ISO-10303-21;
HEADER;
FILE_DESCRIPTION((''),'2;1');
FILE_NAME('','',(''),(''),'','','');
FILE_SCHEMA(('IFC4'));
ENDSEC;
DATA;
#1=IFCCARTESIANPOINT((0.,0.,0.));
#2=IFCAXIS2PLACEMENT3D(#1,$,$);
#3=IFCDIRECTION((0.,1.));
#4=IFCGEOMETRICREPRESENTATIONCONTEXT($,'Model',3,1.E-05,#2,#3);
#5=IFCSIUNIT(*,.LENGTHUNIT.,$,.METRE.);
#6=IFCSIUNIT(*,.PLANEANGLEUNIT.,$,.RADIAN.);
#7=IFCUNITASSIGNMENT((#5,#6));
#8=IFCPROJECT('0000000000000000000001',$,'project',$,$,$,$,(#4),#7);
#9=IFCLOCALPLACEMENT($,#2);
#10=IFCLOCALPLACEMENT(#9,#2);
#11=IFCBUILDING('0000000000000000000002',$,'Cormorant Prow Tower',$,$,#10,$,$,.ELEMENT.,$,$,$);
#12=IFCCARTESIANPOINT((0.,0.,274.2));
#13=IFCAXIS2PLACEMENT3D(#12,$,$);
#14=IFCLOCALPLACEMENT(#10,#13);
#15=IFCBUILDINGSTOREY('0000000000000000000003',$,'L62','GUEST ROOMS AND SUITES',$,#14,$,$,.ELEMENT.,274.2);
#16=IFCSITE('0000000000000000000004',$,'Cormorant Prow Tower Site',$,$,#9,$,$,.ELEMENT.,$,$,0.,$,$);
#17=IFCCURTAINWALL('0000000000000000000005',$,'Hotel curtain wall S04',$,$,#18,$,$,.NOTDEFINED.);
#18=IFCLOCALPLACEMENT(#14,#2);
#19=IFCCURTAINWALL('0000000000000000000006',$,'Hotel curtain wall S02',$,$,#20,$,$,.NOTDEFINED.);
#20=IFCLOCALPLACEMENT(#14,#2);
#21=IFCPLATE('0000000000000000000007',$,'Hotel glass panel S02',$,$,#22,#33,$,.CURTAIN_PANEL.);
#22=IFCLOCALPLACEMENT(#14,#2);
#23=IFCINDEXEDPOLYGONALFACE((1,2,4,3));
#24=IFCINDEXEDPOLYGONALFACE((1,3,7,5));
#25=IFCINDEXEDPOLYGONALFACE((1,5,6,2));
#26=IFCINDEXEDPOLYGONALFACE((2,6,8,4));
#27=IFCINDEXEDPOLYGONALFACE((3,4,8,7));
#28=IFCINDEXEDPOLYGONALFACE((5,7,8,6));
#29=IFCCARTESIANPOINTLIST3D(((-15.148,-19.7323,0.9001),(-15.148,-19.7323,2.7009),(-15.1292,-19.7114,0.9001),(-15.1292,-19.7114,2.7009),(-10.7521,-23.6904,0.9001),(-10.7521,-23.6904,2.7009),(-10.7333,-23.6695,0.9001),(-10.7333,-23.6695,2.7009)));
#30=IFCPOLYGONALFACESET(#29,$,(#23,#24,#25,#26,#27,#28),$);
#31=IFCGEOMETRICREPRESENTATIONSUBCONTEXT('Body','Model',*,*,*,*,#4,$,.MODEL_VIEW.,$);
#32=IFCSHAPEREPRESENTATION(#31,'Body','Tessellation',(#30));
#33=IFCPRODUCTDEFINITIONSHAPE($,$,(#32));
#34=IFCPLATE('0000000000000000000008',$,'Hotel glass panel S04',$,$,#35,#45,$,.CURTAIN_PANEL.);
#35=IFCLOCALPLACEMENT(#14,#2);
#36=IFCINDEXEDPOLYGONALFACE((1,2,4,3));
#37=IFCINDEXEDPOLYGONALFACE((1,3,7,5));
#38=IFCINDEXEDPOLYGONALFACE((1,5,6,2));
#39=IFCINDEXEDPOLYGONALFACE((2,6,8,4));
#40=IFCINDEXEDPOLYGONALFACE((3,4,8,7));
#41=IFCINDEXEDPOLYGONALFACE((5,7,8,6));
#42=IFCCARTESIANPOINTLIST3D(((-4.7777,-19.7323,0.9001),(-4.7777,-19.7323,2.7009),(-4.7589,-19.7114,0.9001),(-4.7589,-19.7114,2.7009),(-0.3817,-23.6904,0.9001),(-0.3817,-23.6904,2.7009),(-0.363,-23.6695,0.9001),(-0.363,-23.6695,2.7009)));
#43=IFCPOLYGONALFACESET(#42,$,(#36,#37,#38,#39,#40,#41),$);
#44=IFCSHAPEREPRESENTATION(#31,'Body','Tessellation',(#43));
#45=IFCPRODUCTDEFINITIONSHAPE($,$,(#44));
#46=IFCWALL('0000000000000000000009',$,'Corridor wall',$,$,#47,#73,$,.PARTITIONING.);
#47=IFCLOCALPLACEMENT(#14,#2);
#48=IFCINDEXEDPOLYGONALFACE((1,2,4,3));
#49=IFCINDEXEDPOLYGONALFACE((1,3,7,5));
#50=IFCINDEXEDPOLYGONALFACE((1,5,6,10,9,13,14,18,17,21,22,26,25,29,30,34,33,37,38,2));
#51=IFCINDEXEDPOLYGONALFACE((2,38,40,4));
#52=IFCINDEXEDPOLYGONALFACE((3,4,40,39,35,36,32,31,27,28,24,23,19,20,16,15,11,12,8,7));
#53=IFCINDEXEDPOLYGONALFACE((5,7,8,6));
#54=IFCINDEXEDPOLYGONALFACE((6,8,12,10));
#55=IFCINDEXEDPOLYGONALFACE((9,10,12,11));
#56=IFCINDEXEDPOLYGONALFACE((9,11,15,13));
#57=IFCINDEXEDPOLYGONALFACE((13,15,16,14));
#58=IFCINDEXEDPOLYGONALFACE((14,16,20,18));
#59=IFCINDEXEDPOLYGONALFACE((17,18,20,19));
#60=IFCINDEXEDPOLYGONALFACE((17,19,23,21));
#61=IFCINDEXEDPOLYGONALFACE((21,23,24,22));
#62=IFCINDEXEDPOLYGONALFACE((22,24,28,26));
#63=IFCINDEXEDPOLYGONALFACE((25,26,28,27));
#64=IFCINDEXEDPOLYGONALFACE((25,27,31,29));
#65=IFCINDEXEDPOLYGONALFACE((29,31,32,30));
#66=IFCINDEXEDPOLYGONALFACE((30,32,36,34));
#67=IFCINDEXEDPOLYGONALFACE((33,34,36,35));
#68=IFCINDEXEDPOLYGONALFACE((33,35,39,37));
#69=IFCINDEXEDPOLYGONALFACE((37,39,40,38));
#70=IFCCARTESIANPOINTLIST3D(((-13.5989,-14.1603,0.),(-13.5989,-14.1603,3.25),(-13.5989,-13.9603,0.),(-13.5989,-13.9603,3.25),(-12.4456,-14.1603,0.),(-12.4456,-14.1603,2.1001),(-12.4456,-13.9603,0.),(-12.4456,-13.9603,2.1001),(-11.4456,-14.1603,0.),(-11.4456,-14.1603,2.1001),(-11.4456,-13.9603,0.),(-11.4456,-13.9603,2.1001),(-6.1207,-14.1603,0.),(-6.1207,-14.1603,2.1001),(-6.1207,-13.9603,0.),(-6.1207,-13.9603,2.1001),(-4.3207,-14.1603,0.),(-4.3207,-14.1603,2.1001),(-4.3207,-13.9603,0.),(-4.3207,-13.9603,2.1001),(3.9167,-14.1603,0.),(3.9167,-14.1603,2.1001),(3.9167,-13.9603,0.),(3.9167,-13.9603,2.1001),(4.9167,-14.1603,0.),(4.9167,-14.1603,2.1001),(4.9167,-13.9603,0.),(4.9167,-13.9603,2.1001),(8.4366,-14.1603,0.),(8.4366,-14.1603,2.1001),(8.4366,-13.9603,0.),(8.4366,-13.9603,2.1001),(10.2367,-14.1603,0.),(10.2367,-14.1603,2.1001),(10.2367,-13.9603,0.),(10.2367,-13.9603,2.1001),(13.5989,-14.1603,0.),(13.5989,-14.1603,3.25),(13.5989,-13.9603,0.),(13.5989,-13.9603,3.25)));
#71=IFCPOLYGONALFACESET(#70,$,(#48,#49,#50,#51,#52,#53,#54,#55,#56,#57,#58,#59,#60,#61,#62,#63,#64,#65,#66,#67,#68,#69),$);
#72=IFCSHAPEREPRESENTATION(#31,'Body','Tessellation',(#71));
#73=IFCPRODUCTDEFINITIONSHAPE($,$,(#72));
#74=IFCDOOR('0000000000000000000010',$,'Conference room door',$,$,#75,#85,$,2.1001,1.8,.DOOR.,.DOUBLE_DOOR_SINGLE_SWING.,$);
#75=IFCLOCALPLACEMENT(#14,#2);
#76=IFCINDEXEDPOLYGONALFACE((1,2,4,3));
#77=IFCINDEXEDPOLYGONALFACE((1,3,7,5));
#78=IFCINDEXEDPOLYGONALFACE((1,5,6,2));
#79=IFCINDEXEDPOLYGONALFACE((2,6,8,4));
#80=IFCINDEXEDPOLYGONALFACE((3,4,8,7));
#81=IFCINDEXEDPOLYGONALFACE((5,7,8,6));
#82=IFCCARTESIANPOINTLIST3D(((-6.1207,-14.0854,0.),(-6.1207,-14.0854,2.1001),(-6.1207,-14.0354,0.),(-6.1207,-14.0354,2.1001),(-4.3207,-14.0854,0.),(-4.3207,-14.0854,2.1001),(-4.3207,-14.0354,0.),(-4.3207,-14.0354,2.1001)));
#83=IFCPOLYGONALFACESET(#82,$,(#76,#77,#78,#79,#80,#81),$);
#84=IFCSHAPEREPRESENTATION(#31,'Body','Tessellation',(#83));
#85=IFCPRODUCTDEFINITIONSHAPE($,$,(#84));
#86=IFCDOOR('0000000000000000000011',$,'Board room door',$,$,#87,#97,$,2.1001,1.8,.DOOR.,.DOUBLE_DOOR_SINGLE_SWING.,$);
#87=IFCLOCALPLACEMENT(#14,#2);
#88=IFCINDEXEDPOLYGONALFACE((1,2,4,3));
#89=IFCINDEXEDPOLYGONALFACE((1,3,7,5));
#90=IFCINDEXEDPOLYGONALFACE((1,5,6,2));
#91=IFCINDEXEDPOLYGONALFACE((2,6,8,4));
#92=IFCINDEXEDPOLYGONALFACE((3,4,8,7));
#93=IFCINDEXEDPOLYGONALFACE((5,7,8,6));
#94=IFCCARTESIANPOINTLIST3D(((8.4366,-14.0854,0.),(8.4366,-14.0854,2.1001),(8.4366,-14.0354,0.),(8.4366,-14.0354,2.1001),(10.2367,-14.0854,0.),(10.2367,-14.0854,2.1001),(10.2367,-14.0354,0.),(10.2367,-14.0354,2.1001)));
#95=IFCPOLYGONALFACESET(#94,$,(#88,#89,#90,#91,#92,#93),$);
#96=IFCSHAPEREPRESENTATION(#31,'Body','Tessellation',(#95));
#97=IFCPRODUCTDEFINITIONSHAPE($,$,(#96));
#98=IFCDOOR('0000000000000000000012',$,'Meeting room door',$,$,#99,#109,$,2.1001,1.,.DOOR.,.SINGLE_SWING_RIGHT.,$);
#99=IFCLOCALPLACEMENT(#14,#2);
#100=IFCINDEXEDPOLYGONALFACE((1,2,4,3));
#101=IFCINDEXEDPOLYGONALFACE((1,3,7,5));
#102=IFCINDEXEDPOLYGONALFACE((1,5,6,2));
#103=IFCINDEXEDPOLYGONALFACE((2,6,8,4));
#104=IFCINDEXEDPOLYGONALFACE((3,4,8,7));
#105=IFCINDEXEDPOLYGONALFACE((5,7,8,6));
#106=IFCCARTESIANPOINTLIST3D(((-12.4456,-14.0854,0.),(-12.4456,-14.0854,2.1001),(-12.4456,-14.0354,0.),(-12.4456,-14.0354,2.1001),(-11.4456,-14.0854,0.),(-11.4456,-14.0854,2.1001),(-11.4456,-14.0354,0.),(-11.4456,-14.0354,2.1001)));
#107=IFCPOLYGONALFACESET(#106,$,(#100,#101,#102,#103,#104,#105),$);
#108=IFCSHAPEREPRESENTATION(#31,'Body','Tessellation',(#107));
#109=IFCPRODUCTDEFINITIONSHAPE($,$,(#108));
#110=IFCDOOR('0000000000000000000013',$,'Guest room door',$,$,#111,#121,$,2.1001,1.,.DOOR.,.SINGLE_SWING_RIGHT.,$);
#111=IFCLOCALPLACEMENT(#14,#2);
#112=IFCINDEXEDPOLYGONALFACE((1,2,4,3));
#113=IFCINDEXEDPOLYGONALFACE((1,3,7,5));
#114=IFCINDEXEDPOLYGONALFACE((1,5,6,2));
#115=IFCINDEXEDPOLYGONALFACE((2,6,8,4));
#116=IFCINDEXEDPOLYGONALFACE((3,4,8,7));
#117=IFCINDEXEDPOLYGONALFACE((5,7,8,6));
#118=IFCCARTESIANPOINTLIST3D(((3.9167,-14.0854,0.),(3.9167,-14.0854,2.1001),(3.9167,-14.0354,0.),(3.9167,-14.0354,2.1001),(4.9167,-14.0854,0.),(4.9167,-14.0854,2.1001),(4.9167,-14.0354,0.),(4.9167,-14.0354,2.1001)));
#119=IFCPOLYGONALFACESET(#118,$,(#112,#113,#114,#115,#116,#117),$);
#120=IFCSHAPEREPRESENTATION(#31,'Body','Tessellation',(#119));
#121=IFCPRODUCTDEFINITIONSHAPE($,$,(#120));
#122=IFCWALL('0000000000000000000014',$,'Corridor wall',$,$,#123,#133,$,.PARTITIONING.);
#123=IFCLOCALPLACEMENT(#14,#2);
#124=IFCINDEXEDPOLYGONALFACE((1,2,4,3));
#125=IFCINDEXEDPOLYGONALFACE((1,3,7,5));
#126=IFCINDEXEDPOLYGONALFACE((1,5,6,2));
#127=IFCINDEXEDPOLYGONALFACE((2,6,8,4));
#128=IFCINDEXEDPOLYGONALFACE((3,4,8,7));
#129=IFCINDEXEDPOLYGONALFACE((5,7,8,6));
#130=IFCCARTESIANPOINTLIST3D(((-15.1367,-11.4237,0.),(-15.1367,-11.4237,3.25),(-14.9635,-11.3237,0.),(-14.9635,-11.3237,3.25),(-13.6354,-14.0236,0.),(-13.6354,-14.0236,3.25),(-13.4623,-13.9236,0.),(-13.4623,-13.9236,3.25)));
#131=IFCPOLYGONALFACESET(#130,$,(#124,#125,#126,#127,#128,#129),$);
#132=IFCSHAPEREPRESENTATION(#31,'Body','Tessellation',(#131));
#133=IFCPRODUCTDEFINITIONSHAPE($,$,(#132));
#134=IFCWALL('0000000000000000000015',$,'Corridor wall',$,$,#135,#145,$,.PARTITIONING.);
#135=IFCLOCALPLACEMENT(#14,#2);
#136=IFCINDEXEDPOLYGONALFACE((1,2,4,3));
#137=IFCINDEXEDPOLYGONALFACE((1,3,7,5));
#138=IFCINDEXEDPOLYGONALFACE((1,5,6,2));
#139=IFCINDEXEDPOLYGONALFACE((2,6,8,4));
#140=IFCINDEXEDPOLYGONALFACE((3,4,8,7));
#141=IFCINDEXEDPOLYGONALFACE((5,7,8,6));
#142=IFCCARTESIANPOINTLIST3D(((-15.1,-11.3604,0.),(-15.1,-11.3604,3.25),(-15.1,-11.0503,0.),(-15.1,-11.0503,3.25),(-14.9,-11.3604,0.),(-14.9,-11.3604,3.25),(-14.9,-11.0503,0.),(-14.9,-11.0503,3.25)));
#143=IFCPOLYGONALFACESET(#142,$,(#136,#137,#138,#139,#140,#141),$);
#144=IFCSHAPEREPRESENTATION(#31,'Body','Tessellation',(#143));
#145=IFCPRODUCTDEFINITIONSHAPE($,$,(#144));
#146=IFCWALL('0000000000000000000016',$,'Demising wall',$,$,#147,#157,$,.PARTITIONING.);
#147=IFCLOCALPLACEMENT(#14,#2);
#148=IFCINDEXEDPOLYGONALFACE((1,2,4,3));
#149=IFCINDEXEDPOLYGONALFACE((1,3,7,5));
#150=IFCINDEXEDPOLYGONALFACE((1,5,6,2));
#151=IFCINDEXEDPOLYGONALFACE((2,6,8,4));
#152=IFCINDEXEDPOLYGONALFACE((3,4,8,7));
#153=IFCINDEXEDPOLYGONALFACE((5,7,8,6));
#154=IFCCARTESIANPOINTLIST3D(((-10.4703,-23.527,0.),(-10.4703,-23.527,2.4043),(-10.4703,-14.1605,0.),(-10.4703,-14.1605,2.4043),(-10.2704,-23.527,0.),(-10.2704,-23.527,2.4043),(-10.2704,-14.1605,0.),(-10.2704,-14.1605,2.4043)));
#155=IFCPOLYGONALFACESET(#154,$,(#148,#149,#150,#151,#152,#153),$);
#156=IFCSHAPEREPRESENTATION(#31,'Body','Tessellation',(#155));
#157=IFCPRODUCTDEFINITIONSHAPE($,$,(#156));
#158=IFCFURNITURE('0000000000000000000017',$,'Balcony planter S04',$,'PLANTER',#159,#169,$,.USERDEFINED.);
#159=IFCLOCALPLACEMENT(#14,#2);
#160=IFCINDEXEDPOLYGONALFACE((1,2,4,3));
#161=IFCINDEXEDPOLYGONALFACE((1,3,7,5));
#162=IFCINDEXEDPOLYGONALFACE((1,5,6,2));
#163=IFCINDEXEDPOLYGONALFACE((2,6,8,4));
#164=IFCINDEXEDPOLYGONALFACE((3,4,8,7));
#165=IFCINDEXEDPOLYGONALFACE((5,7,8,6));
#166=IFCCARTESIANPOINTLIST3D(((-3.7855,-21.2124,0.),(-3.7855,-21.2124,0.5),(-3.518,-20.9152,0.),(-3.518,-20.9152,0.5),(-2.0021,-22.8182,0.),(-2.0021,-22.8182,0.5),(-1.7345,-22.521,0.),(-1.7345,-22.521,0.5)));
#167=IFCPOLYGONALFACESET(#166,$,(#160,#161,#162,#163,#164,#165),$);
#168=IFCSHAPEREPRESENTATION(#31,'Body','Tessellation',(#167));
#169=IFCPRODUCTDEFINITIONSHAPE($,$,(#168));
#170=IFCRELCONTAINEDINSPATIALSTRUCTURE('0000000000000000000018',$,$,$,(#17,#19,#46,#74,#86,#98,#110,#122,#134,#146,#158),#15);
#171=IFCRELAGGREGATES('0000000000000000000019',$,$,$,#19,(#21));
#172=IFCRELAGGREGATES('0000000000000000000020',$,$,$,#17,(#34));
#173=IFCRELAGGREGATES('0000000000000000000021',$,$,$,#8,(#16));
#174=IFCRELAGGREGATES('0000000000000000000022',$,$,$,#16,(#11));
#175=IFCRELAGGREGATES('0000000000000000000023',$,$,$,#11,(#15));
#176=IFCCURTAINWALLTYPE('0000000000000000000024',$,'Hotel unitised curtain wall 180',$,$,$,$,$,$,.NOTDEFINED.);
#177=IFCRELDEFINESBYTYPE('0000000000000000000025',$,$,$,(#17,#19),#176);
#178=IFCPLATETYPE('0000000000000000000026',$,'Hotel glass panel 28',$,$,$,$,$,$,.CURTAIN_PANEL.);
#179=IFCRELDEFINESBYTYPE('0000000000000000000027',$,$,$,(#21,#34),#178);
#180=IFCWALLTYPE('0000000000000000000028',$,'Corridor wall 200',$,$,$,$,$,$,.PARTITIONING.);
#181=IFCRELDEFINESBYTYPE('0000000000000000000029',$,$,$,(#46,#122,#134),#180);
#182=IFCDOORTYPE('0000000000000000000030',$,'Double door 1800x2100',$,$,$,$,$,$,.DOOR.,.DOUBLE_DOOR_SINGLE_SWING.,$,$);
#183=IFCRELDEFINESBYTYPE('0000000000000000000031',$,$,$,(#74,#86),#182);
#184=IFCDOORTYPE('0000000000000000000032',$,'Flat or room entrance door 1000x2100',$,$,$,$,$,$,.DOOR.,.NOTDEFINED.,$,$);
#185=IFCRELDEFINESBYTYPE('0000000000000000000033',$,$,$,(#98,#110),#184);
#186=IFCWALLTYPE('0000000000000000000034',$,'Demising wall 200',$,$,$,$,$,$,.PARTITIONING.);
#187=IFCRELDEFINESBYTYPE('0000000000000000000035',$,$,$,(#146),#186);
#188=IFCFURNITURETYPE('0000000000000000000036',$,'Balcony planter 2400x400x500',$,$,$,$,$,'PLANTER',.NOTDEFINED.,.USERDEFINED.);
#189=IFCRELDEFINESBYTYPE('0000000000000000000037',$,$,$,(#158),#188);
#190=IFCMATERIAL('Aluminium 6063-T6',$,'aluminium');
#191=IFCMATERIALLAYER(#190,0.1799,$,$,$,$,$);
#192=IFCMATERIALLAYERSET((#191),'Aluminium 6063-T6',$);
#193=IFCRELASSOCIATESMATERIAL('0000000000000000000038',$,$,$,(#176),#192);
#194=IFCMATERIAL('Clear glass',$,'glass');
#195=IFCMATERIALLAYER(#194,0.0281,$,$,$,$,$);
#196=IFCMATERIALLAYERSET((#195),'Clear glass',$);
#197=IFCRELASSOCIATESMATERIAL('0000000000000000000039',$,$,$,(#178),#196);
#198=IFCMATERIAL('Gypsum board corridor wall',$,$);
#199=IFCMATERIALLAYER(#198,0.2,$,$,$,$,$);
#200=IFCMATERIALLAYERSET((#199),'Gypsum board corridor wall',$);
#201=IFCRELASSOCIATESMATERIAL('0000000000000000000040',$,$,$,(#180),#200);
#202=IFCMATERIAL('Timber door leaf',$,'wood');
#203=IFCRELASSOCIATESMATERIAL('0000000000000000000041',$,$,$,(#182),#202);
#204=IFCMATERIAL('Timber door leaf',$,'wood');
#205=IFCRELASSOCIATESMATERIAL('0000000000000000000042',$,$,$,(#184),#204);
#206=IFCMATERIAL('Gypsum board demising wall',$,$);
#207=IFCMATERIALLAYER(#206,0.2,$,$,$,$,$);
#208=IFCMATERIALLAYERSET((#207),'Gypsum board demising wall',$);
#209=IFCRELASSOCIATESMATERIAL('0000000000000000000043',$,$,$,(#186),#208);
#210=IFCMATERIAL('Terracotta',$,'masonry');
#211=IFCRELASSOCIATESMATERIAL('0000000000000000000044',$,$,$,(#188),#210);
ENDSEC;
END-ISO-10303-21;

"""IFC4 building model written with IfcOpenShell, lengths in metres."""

from ifc_helpers import new_model, si_unit, direction, frame, frame_2d, origin, origin_2d, place, context, subcontext, project, spatial, rectangle, extrude, material, layer, layer_set, type_object, element, fill, aggregate, save


model = new_model("IFC4")

# Units and contexts
model_context = context("Model", 3, precision=1e-05, world=origin(), true_north=direction((0.0, 1.0)))
body_context = subcontext(model_context, "Body", "Model", "MODEL_VIEW")
ifc_project = project(units=[si_unit("LENGTHUNIT", "METRE"), si_unit("PLANEANGLEUNIT", "RADIAN")], contexts=[model_context])

# Site, building, storey
site_placement = place(None, origin())
site = spatial("IfcSite", under=ifc_project, at=site_placement, Name="Cormorant Prow Tower Site", CompositionType="ELEMENT", RefElevation=0.0)
building_placement = place(site_placement, origin())
building = spatial("IfcBuilding", under=site, at=building_placement, Name="Cormorant Prow Tower", CompositionType="ELEMENT")
storey_placement = place(building_placement, frame((0.0, 0.0, 274.2)))
storey = spatial("IfcBuildingStorey", under=building, at=storey_placement, Name="L62", Description="GUEST ROOMS AND SUITES", CompositionType="ELEMENT", Elevation=274.2)

# Curtain walls
ifc_material_1 = material(Name="Aluminium 6063-T6", Category="aluminium")
ifc_layer_1 = layer(ifc_material_1, 0.1799)
ifc_layer_set_1 = layer_set([ifc_layer_1], Name="Aluminium 6063-T6")
curtain_wall_type = type_object("IfcCurtainWallType", Name="Hotel unitised curtain wall 180", PredefinedType="NOTDEFINED", material=ifc_layer_set_1)
curtain_wall_1_placement = place(storey_placement, origin())
curtain_wall_1 = element("IfcCurtainWall", 1, at=curtain_wall_1_placement, inside=storey, type_object=curtain_wall_type, Name="Hotel curtain wall S04", PredefinedType="NOTDEFINED")
curtain_wall_2_placement = place(storey_placement, origin())
curtain_wall_2 = element("IfcCurtainWall", 2, at=curtain_wall_2_placement, inside=storey, type_object=curtain_wall_type, Name="Hotel curtain wall S02", PredefinedType="NOTDEFINED")

# Plates
ifc_material_2 = material(Name="Clear glass", Category="glass")
ifc_layer_2 = layer(ifc_material_2, 0.0281)
ifc_layer_set_2 = layer_set([ifc_layer_2], Name="Clear glass")
plate_type = type_object("IfcPlateType", Name="Hotel glass panel 28", PredefinedType="CURTAIN_PANEL", material=ifc_layer_set_2)
plate_1_placement = place(storey_placement, frame((-12.9407, -21.7009, 0.9001), z_axis=(0.0, 0.0, 1.0), x_axis=(0.743145, -0.669131, 0.0)))
plate_1 = element("IfcPlate", 3, at=plate_1_placement, type_object=plate_type, Name="Hotel glass panel S02", PredefinedType="CURTAIN_PANEL", context=body_context, shape_type="SweptSolid", body=[
    extrude(rectangle(XDim=5.9153, YDim=0.0281, at=origin_2d()), origin(), (0.0, 0.0, 1.0), 1.8008),
])
aggregate(curtain_wall_2, [plate_1])
plate_2_placement = place(storey_placement, frame((-2.5703, -21.7009, 0.9001), z_axis=(0.0, 0.0, 1.0), x_axis=(0.743145, -0.669131, 0.0)))
plate_2 = element("IfcPlate", 4, at=plate_2_placement, type_object=plate_type, Name="Hotel glass panel S04", PredefinedType="CURTAIN_PANEL", context=body_context, shape_type="SweptSolid", body=[
    extrude(rectangle(XDim=5.9153, YDim=0.0281, at=origin_2d()), origin(), (0.0, 0.0, 1.0), 1.8008),
])
aggregate(curtain_wall_1, [plate_2])

# Wall, openings, doors
ifc_material_3 = material(Name="Gypsum board corridor wall")
ifc_layer_3 = layer(ifc_material_3, 0.2)
ifc_layer_set_3 = layer_set([ifc_layer_3], Name="Gypsum board corridor wall")
wall_type_1 = type_object("IfcWallType", Name="Corridor wall 200", PredefinedType="PARTITIONING", material=ifc_layer_set_3)
wall_1_placement = place(storey_placement, frame((-13.5989, -14.0603, 0.0), z_axis=(0.0, 0.0, 1.0), x_axis=(1.0, 0.0, 0.0)))
wall_1 = element("IfcWall", 5, at=wall_1_placement, inside=storey, type_object=wall_type_1, Name="Corridor wall", PredefinedType="PARTITIONING", context=body_context, shape_type="SweptSolid", body=[
    extrude(rectangle(XDim=27.1978, YDim=0.2, at=frame_2d((13.5989, 0.0))), origin(), (0.0, 0.0, 1.0), 3.25),
])
opening_1_placement = place(wall_1_placement, frame((1.1533, 0.0, 0.0)))
opening_1 = element("IfcOpeningElement", 6, at=opening_1_placement, cuts=wall_1, PredefinedType="OPENING", context=body_context, shape_type="SweptSolid", body=[
    extrude(rectangle(XDim=1.0, YDim=2.1001, at=frame_2d((0.5, 1.05))), frame((0.0, 0.1099, 0.0), z_axis=(0.0, -1.0, 0.0), x_axis=(1.0, 0.0, 0.0)), (0.0, 0.0, 1.0), 0.22),
])
opening_2_placement = place(wall_1_placement, frame((7.4783, 0.0, 0.0)))
opening_2 = element("IfcOpeningElement", 7, at=opening_2_placement, cuts=wall_1, PredefinedType="OPENING", context=body_context, shape_type="SweptSolid", body=[
    extrude(rectangle(XDim=1.8, YDim=2.1001, at=frame_2d((0.8999, 1.05))), frame((0.0, 0.1099, 0.0), z_axis=(0.0, -1.0, 0.0), x_axis=(1.0, 0.0, 0.0)), (0.0, 0.0, 1.0), 0.22),
])
opening_3_placement = place(wall_1_placement, frame((17.5156, 0.0, 0.0)))
opening_3 = element("IfcOpeningElement", 8, at=opening_3_placement, cuts=wall_1, PredefinedType="OPENING", context=body_context, shape_type="SweptSolid", body=[
    extrude(rectangle(XDim=1.0, YDim=2.1001, at=frame_2d((0.5, 1.05))), frame((0.0, 0.1099, 0.0), z_axis=(0.0, -1.0, 0.0), x_axis=(1.0, 0.0, 0.0)), (0.0, 0.0, 1.0), 0.22),
])
opening_4_placement = place(wall_1_placement, frame((22.0356, 0.0, 0.0)))
opening_4 = element("IfcOpeningElement", 9, at=opening_4_placement, cuts=wall_1, PredefinedType="OPENING", context=body_context, shape_type="SweptSolid", body=[
    extrude(rectangle(XDim=1.8, YDim=2.1001, at=frame_2d((0.8999, 1.05))), frame((0.0, 0.1099, 0.0), z_axis=(0.0, -1.0, 0.0), x_axis=(1.0, 0.0, 0.0)), (0.0, 0.0, 1.0), 0.22),
])
ifc_material_4 = material(Name="Timber door leaf", Category="wood")
door_type_1 = type_object("IfcDoorType", Name="Double door 1800x2100", OperationType="DOUBLE_DOOR_SINGLE_SWING", PredefinedType="DOOR", material=ifc_material_4)
door_1_placement = place(opening_2_placement, origin())
door_1 = element("IfcDoor", 10, at=door_1_placement, inside=storey, type_object=door_type_1, Name="Conference room door", OperationType="DOUBLE_DOOR_SINGLE_SWING", OverallHeight=2.1001, OverallWidth=1.8, PredefinedType="DOOR", context=body_context, shape_type="SweptSolid", body=[
    extrude(rectangle(XDim=1.8, YDim=2.1001, at=frame_2d((0.8999, 1.05))), frame((0.0, 0.0249, 0.0), z_axis=(0.0, -1.0, 0.0), x_axis=(1.0, 0.0, 0.0)), (0.0, 0.0, 1.0), 0.05),
])
fill(opening_2, door_1)
door_2_placement = place(opening_4_placement, origin())
door_2 = element("IfcDoor", 11, at=door_2_placement, inside=storey, type_object=door_type_1, Name="Board room door", OperationType="DOUBLE_DOOR_SINGLE_SWING", OverallHeight=2.1001, OverallWidth=1.8, PredefinedType="DOOR", context=body_context, shape_type="SweptSolid", body=[
    extrude(rectangle(XDim=1.8, YDim=2.1001, at=frame_2d((0.8999, 1.05))), frame((0.0, 0.0249, 0.0), z_axis=(0.0, -1.0, 0.0), x_axis=(1.0, 0.0, 0.0)), (0.0, 0.0, 1.0), 0.05),
])
fill(opening_4, door_2)
ifc_material_5 = material(Name="Timber door leaf", Category="wood")
door_type_2 = type_object("IfcDoorType", Name="Flat or room entrance door 1000x2100", OperationType="NOTDEFINED", PredefinedType="DOOR", material=ifc_material_5)
door_3_placement = place(opening_1_placement, origin())
door_3 = element("IfcDoor", 12, at=door_3_placement, inside=storey, type_object=door_type_2, Name="Meeting room door", OperationType="SINGLE_SWING_RIGHT", OverallHeight=2.1001, OverallWidth=1.0, PredefinedType="DOOR", context=body_context, shape_type="SweptSolid", body=[
    extrude(rectangle(XDim=1.0, YDim=2.1001, at=frame_2d((0.5, 1.05))), frame((0.0, 0.0249, 0.0), z_axis=(0.0, -1.0, 0.0), x_axis=(1.0, 0.0, 0.0)), (0.0, 0.0, 1.0), 0.05),
])
fill(opening_1, door_3)
door_4_placement = place(opening_3_placement, origin())
door_4 = element("IfcDoor", 13, at=door_4_placement, inside=storey, type_object=door_type_2, Name="Guest room door", OperationType="SINGLE_SWING_RIGHT", OverallHeight=2.1001, OverallWidth=1.0, PredefinedType="DOOR", context=body_context, shape_type="SweptSolid", body=[
    extrude(rectangle(XDim=1.0, YDim=2.1001, at=frame_2d((0.5, 1.05))), frame((0.0, 0.0249, 0.0), z_axis=(0.0, -1.0, 0.0), x_axis=(1.0, 0.0, 0.0)), (0.0, 0.0, 1.0), 0.05),
])
fill(opening_3, door_4)

# Walls
wall_2_placement = place(storey_placement, frame((-15.05, -11.3738, 0.0), z_axis=(0.0, 0.0, 1.0), x_axis=(0.500049, -0.865997, 0.0)))
element("IfcWall", 14, at=wall_2_placement, inside=storey, type_object=wall_type_1, Name="Corridor wall", PredefinedType="PARTITIONING", context=body_context, shape_type="SweptSolid", body=[
    extrude(rectangle(XDim=3.0022, YDim=0.2, at=frame_2d((1.501, 0.0))), origin(), (0.0, 0.0, 1.0), 3.25),
])
wall_3_placement = place(storey_placement, frame((-15.0, -11.3604, 0.0), z_axis=(0.0, 0.0, 1.0), x_axis=(0.0, 1.0, 0.0)))
element("IfcWall", 15, at=wall_3_placement, inside=storey, type_object=wall_type_1, Name="Corridor wall", PredefinedType="PARTITIONING", context=body_context, shape_type="SweptSolid", body=[
    extrude(rectangle(XDim=0.3101, YDim=0.2, at=frame_2d((0.155, 0.0))), origin(), (0.0, 0.0, 1.0), 3.25),
])
ifc_material_6 = material(Name="Gypsum board demising wall")
ifc_layer_4 = layer(ifc_material_6, 0.2)
ifc_layer_set_4 = layer_set([ifc_layer_4], Name="Gypsum board demising wall")
wall_type_2 = type_object("IfcWallType", Name="Demising wall 200", PredefinedType="PARTITIONING", material=ifc_layer_set_4)
wall_4_placement = place(storey_placement, frame((-10.3704, -23.5269, 0.0), z_axis=(0.0, 0.0, 1.0), x_axis=(0.0, 1.0, 0.0)))
element("IfcWall", 16, at=wall_4_placement, inside=storey, type_object=wall_type_2, Name="Demising wall", PredefinedType="PARTITIONING", context=body_context, shape_type="SweptSolid", body=[
    extrude(rectangle(XDim=9.3665, YDim=0.2, at=frame_2d((4.6831, 0.0))), origin(), (0.0, 0.0, 1.0), 2.4043),
])

# Furniture
ifc_material_7 = material(Name="Terracotta", Category="masonry")
furniture_type_1 = type_object("IfcFurnitureType", Name="Balcony planter 2400x400x500", ElementType="PLANTER", AssemblyPlace="NOTDEFINED", PredefinedType="USERDEFINED", material=ifc_material_7)
furniture_placement = place(storey_placement, frame((-2.76, -21.8667, 0.0), z_axis=(0.0, 0.0, 1.0), x_axis=(0.743145, -0.669131, 0.0)))
element("IfcFurniture", 17, at=furniture_placement, inside=storey, type_object=furniture_type_1, Name="Balcony planter S04", ObjectType="PLANTER", PredefinedType="USERDEFINED", context=body_context, shape_type="SweptSolid", body=[
    extrude(rectangle(XDim=2.3999, YDim=0.3999, at=origin_2d()), origin(), (0.0, 0.0, 1.0), 0.5),
])

save(model, "model.ifc")
